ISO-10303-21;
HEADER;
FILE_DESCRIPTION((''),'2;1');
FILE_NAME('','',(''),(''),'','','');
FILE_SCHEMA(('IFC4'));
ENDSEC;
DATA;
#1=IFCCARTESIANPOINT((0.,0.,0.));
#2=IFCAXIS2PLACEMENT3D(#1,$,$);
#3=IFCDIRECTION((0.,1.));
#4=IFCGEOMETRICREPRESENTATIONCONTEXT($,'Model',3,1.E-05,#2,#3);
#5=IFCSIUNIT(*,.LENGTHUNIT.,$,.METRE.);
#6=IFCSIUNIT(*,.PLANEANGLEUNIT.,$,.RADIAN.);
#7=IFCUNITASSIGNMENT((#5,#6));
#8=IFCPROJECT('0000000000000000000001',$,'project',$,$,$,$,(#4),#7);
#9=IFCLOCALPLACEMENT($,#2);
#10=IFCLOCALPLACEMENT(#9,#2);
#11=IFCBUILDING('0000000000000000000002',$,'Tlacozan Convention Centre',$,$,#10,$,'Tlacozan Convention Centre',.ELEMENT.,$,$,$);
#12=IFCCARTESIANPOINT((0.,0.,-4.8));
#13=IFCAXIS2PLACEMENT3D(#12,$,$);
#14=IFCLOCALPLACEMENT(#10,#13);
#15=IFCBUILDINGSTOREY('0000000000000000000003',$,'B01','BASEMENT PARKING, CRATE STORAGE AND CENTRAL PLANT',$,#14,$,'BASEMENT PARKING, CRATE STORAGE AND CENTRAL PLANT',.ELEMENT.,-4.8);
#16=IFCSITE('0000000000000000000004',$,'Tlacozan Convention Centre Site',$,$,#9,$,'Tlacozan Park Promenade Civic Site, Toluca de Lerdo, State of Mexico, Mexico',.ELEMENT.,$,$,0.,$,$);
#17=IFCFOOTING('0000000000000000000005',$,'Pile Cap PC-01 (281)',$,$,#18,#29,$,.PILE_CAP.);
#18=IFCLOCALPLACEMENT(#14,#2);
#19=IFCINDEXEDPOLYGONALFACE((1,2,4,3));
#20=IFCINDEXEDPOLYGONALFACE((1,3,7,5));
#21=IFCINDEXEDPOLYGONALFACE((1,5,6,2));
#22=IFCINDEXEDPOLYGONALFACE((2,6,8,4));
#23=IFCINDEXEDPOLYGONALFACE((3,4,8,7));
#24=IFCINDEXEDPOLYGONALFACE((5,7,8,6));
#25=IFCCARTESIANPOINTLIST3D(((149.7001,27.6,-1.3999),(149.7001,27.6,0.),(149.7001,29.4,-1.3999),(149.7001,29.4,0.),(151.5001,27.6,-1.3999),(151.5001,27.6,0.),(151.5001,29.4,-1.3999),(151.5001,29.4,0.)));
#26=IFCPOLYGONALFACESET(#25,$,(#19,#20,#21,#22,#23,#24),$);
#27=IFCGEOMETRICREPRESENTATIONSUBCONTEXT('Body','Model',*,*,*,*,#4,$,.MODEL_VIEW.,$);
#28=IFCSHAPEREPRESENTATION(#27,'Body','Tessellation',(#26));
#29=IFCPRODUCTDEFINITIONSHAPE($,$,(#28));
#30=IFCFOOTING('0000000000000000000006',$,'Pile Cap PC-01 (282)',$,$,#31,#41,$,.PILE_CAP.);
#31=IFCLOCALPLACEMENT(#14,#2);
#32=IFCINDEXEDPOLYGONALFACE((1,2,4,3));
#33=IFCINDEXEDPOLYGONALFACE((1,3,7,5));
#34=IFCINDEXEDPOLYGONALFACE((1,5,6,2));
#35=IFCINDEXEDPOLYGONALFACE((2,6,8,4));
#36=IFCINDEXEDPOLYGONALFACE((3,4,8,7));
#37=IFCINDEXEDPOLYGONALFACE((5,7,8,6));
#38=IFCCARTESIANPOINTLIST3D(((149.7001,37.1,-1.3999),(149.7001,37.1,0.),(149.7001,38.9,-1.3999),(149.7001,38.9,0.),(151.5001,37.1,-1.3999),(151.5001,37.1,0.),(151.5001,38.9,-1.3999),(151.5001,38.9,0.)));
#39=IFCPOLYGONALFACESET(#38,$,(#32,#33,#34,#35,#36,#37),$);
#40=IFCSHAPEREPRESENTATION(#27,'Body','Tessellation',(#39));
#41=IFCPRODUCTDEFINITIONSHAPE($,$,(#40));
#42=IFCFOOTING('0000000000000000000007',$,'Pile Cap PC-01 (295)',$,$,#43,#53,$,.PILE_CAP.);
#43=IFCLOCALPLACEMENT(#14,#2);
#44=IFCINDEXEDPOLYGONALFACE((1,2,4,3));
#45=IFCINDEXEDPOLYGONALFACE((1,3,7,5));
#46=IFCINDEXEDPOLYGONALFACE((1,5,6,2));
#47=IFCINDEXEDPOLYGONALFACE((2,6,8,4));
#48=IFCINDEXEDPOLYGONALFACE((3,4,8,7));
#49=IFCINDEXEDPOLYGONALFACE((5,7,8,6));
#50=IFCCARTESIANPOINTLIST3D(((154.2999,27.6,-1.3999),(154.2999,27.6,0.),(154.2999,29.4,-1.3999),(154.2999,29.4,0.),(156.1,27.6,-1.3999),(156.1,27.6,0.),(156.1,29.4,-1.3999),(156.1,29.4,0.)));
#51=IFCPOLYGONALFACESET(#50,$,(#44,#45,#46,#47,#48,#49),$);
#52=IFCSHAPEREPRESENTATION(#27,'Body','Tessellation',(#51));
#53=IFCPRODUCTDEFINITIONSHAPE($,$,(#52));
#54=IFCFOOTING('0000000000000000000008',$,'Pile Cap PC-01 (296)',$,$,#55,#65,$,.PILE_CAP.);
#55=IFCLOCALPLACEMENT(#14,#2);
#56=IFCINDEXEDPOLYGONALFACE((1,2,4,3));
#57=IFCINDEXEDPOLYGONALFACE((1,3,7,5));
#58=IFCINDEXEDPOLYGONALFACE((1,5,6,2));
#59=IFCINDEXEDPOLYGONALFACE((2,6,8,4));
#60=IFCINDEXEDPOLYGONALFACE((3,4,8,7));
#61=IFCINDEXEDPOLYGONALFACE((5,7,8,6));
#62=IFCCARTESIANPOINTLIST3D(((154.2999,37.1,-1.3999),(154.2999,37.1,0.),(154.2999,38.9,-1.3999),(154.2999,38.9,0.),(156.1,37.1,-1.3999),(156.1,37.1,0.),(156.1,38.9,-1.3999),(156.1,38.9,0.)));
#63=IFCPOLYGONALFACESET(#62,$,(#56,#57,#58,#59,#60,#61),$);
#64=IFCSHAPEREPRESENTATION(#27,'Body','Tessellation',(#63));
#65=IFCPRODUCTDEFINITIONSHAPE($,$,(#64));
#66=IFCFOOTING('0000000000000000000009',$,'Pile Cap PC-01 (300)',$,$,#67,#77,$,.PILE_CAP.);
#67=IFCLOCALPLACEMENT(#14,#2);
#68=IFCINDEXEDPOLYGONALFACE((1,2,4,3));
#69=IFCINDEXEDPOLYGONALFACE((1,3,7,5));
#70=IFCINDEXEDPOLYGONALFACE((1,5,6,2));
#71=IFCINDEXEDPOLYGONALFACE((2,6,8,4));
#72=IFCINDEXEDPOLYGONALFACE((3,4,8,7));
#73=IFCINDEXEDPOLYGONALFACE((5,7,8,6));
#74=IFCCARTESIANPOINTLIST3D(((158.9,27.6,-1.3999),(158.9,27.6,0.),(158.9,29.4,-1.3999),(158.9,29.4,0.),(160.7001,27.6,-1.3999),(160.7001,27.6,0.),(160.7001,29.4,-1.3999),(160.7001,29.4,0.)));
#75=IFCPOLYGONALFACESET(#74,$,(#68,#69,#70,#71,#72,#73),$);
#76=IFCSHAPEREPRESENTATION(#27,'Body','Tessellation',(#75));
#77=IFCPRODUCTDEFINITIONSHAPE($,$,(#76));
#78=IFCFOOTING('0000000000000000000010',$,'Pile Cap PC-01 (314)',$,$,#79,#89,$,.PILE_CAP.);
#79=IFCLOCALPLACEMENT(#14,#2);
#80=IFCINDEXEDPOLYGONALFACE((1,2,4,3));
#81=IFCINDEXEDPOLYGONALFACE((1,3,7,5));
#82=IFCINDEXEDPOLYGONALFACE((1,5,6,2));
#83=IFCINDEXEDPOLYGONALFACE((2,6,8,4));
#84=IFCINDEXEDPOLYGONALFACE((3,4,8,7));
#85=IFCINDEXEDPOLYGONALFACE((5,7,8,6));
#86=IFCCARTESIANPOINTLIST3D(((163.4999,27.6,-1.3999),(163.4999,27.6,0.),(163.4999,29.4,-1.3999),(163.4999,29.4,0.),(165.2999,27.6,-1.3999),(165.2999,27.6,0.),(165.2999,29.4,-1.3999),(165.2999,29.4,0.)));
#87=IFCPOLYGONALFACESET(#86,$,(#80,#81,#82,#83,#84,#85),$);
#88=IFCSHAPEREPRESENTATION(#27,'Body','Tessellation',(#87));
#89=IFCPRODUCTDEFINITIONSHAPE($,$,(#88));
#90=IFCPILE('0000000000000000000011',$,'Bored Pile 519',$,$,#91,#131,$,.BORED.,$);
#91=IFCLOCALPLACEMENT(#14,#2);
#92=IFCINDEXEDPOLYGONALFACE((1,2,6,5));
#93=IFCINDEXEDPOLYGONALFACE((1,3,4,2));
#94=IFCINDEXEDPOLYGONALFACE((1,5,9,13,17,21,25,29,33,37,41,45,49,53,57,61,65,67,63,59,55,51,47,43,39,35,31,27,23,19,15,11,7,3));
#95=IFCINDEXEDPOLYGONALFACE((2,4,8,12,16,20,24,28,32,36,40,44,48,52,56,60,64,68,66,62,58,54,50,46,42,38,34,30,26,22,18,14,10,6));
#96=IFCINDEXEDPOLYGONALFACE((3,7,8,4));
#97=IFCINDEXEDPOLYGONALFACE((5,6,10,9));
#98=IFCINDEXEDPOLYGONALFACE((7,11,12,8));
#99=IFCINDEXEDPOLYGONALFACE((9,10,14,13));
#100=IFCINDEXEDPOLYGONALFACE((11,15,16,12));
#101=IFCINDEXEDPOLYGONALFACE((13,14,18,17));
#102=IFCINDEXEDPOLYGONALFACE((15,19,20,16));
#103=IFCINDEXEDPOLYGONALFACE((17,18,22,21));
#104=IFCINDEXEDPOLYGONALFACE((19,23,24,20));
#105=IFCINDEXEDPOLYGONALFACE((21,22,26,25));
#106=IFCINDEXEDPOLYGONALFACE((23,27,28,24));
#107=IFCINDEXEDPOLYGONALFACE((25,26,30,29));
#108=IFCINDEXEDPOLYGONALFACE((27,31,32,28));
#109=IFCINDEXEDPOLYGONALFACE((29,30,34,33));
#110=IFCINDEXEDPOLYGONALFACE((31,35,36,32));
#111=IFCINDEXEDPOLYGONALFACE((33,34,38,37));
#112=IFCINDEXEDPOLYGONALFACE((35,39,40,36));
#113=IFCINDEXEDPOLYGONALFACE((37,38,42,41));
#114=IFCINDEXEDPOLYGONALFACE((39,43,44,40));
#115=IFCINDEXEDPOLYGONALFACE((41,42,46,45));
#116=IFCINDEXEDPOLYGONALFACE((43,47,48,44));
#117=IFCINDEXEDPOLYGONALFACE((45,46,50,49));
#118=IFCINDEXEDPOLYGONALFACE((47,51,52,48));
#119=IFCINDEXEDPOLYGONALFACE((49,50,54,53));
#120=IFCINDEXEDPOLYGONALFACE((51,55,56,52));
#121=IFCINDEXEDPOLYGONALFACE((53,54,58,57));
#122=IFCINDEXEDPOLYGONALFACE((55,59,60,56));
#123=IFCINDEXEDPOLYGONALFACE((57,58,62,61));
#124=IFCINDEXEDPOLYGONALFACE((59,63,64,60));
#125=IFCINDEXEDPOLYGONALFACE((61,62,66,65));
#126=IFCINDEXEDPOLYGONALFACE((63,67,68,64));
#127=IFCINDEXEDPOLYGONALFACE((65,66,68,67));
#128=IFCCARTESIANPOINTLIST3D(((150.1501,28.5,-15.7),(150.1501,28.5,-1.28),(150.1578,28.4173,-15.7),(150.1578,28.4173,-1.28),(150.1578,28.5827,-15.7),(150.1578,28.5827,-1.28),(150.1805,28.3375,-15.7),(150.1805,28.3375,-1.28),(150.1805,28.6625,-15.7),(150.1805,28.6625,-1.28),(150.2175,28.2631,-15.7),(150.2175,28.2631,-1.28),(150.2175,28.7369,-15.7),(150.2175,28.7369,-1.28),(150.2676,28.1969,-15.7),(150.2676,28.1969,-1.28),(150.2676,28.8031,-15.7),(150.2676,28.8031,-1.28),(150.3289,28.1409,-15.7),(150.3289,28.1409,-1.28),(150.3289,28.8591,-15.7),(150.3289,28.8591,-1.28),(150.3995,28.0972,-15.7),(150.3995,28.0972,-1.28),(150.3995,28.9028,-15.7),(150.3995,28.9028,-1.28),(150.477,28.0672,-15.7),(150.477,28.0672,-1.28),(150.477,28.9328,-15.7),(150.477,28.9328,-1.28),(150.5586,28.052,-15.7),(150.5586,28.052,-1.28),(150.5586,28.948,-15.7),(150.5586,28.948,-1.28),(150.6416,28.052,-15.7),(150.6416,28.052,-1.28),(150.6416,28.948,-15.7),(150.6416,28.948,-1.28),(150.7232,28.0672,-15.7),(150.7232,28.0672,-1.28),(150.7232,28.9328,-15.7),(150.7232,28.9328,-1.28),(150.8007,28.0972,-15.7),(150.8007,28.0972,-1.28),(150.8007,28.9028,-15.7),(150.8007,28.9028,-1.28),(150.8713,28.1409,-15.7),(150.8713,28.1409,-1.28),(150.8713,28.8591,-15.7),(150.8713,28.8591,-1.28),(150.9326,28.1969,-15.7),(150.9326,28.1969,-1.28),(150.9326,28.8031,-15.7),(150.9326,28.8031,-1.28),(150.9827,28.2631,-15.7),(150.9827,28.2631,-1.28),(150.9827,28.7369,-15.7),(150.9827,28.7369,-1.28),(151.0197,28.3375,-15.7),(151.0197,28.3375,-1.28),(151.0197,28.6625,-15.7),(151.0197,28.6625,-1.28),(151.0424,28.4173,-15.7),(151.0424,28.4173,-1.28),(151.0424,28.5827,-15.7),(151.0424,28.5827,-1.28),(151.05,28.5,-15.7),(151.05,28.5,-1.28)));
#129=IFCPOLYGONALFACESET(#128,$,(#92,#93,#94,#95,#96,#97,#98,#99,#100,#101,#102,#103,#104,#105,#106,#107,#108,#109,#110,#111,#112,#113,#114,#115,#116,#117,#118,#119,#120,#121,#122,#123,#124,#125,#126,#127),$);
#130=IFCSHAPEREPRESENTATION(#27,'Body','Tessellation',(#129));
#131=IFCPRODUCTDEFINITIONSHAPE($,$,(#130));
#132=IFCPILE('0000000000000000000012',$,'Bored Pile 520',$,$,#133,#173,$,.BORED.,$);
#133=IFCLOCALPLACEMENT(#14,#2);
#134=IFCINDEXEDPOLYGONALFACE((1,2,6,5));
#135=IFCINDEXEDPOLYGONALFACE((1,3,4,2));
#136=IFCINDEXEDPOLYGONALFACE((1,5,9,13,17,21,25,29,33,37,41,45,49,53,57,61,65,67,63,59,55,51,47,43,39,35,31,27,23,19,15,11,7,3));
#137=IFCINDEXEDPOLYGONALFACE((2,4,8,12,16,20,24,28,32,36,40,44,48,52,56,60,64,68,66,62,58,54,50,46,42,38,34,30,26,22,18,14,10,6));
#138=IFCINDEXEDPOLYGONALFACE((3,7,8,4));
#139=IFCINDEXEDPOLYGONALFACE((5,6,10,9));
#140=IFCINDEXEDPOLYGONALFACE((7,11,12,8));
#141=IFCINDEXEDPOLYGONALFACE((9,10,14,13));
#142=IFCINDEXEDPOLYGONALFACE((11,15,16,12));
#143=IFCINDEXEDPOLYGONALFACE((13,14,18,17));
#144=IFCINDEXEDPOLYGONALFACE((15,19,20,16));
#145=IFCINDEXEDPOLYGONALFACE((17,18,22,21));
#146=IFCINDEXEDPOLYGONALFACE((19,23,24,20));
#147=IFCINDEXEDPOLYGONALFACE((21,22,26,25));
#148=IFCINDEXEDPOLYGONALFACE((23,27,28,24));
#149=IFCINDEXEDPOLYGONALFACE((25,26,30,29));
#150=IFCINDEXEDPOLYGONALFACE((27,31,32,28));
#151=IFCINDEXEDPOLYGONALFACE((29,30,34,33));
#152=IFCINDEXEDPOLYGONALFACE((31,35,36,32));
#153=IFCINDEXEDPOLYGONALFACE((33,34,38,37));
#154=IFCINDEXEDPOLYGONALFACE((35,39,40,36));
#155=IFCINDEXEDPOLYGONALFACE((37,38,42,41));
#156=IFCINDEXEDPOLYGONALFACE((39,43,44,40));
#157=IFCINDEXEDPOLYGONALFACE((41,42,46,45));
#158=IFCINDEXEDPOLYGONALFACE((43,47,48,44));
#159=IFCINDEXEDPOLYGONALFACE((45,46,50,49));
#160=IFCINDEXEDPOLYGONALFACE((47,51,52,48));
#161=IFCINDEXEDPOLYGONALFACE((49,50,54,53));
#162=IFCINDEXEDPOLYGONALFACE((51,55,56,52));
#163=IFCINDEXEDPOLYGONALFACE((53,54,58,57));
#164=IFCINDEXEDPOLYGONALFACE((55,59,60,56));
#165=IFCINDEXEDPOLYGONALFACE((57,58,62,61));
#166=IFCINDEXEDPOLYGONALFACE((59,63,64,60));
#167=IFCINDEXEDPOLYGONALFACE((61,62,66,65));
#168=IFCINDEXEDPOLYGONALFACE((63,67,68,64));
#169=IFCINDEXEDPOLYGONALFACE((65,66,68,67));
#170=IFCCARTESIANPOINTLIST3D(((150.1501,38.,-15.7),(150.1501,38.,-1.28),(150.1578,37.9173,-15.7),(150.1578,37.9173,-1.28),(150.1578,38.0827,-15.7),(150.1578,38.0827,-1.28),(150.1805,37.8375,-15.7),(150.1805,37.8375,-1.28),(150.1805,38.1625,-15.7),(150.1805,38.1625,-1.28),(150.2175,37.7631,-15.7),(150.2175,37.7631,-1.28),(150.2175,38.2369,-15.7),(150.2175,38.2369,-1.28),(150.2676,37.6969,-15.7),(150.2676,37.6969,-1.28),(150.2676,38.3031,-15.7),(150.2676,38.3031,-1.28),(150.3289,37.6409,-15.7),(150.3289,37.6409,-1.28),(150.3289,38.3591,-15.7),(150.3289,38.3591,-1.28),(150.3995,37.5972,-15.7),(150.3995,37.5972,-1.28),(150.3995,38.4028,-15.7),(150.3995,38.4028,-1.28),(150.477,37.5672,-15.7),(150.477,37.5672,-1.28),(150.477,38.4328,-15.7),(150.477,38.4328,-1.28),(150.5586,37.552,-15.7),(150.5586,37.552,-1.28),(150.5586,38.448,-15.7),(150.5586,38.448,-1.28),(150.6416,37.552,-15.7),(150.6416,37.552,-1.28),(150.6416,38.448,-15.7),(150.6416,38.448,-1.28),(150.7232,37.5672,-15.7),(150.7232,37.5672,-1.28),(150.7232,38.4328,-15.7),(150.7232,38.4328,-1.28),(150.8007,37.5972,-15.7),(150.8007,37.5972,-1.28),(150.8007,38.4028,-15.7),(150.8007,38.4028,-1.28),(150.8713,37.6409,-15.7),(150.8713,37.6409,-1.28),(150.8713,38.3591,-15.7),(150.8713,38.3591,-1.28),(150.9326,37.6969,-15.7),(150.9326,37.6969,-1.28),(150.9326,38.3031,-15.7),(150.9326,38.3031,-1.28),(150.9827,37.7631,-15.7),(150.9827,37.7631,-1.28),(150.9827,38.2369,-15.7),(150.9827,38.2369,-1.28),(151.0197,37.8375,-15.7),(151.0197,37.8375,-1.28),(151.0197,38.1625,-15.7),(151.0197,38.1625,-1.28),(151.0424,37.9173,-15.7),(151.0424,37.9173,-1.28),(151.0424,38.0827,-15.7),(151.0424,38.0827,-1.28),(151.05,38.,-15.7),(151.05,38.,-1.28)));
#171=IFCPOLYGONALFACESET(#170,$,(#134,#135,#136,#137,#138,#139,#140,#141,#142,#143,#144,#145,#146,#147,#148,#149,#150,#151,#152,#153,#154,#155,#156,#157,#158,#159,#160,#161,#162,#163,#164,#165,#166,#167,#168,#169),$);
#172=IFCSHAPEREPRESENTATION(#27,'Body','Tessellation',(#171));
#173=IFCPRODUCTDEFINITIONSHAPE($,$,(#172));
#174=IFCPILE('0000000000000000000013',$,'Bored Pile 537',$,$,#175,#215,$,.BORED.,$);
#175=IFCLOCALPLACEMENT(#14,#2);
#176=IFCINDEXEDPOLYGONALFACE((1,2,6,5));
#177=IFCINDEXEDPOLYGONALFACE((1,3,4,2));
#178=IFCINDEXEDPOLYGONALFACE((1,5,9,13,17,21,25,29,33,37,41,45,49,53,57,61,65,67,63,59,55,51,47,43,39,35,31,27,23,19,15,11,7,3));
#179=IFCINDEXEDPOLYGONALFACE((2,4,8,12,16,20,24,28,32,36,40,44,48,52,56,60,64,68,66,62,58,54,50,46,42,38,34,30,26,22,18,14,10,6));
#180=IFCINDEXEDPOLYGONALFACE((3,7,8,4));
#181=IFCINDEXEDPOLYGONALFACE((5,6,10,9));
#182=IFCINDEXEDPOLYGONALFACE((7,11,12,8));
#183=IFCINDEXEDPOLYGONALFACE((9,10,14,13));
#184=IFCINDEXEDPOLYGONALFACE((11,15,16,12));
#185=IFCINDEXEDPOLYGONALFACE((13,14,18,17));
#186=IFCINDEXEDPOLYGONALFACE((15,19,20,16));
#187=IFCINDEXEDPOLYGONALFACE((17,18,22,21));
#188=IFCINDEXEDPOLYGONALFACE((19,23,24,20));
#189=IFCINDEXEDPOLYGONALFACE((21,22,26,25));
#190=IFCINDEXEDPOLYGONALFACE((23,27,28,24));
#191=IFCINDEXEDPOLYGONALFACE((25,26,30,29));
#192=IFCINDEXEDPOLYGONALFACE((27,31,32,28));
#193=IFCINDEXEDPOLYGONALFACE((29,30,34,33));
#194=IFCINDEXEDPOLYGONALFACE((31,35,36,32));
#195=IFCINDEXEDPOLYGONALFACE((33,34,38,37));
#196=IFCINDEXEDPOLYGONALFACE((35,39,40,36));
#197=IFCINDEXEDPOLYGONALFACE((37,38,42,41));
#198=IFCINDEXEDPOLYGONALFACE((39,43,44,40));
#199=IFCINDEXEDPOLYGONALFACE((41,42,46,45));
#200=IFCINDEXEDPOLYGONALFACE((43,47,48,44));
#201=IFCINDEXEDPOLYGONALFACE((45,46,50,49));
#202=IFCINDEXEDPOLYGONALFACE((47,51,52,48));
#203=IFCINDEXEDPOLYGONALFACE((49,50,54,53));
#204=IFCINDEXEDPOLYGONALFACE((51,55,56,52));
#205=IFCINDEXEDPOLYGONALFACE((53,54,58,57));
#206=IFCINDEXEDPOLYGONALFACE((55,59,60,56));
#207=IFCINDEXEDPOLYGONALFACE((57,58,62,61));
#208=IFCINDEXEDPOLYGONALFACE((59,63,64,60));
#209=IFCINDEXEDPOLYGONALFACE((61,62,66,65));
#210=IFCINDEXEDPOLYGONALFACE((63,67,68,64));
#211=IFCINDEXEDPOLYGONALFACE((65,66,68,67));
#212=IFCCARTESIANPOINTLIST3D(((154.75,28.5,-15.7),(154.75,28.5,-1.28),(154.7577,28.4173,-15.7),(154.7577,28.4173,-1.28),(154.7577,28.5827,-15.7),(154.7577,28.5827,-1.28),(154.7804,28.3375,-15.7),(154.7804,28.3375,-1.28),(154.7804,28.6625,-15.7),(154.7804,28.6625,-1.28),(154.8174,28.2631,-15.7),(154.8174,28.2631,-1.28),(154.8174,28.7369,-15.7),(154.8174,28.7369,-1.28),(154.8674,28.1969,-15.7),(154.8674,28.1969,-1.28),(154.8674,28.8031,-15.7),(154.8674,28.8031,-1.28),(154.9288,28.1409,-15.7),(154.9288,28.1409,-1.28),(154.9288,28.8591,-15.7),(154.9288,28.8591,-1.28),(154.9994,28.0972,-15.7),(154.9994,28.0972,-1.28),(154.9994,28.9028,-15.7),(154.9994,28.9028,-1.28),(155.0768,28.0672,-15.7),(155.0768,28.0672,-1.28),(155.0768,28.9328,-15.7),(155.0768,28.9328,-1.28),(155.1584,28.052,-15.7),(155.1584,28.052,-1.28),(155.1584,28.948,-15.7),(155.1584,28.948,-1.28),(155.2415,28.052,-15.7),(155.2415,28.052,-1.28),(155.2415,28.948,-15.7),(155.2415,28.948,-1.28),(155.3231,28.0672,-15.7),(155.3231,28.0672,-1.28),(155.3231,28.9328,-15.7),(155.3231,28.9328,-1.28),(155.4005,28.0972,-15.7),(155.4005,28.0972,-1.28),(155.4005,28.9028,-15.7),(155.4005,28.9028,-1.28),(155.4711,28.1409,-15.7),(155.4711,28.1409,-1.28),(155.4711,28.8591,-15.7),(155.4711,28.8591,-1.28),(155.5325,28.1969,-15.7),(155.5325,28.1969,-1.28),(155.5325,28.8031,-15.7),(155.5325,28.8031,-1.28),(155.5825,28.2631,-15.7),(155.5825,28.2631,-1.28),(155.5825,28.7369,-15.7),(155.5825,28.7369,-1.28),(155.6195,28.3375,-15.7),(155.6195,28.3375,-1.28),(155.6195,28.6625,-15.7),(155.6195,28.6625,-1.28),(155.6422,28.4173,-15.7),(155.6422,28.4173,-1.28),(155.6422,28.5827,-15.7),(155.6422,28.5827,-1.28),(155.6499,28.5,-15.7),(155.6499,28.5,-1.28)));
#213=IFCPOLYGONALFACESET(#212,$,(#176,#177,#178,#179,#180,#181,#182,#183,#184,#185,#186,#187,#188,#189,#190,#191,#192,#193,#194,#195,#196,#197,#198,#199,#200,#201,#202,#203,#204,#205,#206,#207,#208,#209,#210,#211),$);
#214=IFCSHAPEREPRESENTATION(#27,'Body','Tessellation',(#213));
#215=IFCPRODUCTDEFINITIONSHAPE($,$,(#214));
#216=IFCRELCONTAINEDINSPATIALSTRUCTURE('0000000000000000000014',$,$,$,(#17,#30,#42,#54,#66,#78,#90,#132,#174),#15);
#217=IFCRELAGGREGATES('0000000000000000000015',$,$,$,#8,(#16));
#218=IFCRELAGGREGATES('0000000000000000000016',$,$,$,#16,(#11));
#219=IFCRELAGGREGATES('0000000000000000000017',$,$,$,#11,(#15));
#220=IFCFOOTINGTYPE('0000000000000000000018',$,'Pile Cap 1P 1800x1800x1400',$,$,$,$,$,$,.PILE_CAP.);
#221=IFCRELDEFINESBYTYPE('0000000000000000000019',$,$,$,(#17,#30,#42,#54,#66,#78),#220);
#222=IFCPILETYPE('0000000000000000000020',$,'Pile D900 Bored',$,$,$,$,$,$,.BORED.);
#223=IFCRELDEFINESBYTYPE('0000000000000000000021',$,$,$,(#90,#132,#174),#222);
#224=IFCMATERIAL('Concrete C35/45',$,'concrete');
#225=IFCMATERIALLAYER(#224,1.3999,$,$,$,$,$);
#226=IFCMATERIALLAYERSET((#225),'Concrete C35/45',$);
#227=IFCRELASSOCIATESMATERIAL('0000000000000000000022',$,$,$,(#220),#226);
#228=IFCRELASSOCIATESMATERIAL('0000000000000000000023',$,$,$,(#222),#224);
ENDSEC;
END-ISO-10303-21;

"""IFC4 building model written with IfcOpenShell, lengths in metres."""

from ifc_helpers import new_model, si_unit, direction, frame, origin, origin_2d, place, context, subcontext, project, spatial, rectangle, circle, extrude, material, layer, layer_set, material_profile, profile_set, type_object, element, save


model = new_model("IFC4")

# Units and contexts
model_context = context("Model", 3, precision=1e-05, world=origin(), true_north=direction((0.0, 1.0)))
body_context = subcontext(model_context, "Body", "Model", "MODEL_VIEW")
ifc_project = project(units=[si_unit("LENGTHUNIT", "METRE"), si_unit("PLANEANGLEUNIT", "RADIAN")], contexts=[model_context])

# Site, building, storey
site_placement = place(None, origin())
site = spatial("IfcSite", under=ifc_project, at=site_placement, Name="Tlacozan Convention Centre Site", LongName="Tlacozan Park Promenade Civic Site, Toluca de Lerdo, State of Mexico, Mexico", CompositionType="ELEMENT", RefElevation=0.0)
building_placement = place(site_placement, origin())
building = spatial("IfcBuilding", under=site, at=building_placement, Name="Tlacozan Convention Centre", LongName="Tlacozan Convention Centre", CompositionType="ELEMENT")
storey_placement = place(building_placement, frame((0.0, 0.0, -4.8)))
storey = spatial("IfcBuildingStorey", under=building, at=storey_placement, Name="B01", Description="BASEMENT PARKING, CRATE STORAGE AND CENTRAL PLANT", LongName="BASEMENT PARKING, CRATE STORAGE AND CENTRAL PLANT", CompositionType="ELEMENT", Elevation=-4.8)

# Footings
ifc_material_1 = material(Name="Concrete C35/45", Category="concrete")
ifc_layer = layer(ifc_material_1, 1.3999)
ifc_layer_set = layer_set([ifc_layer], Name="Concrete C35/45")
footing_type = type_object("IfcFootingType", Name="Pile Cap 1P 1800x1800x1400", PredefinedType="PILE_CAP", material=ifc_layer_set)
for number, where, z_axis, x_axis, name in (
    (1, (150.6001, 28.5, -1.3999), (0.0, 0.0, 1.0), (1.0, 0.0, 0.0), "Pile Cap PC-01 (281)"),
    (2, (150.6001, 38.0, -1.3999), (0.0, 0.0, 1.0), (1.0, 0.0, 0.0), "Pile Cap PC-01 (282)"),
    (3, (155.2, 28.5, -1.3999), (0.0, 0.0, 1.0), (1.0, 0.0, 0.0), "Pile Cap PC-01 (295)"),
    (4, (155.2, 38.0, -1.3999), (0.0, 0.0, 1.0), (1.0, 0.0, 0.0), "Pile Cap PC-01 (296)"),
    (5, (159.8, 28.5, -1.3999), (0.0, 0.0, 1.0), (1.0, 0.0, 0.0), "Pile Cap PC-01 (300)"),
    (6, (164.3999, 28.5, -1.3999), (0.0, 0.0, 1.0), (1.0, 0.0, 0.0), "Pile Cap PC-01 (314)"),
):
    element("IfcFooting", number, at=place(storey_placement, frame(where, z_axis=z_axis, x_axis=x_axis)), inside=storey, type_object=footing_type, Name=name, PredefinedType="PILE_CAP", context=body_context, shape_type="SweptSolid", body=[
        extrude(rectangle(XDim=1.8, YDim=1.8, at=origin_2d()), origin(), (0.0, 0.0, 1.0), 1.3999),
    ])

# Piles
ifc_material_profile_1 = material_profile(ifc_material_1, circle(Radius=0.45, at=origin_2d()), Name="PILE D900")
ifc_profile_set_1 = profile_set([ifc_material_profile_1], Name="Concrete C35/45")
pile_type = type_object("IfcPileType", Name="Pile D900 Bored", PredefinedType="BORED", material=ifc_profile_set_1)
for number, where, z_axis, x_axis, name in (
    (7, (150.6001, 28.5, -1.28), (0.0, 0.0, -1.0), (1.0, 0.0, 0.0), "Bored Pile 519"),
    (8, (150.6001, 38.0, -1.28), (0.0, 0.0, -1.0), (1.0, 0.0, 0.0), "Bored Pile 520"),
    (9, (155.2, 28.5, -1.28), (0.0, 0.0, -1.0), (1.0, 0.0, 0.0), "Bored Pile 537"),
):
    element("IfcPile", number, at=place(storey_placement, frame(where, z_axis=z_axis, x_axis=x_axis)), inside=storey, type_object=pile_type, Name=name, PredefinedType="BORED", context=body_context, shape_type="SweptSolid", body=[
        extrude(circle(Radius=0.45, at=origin_2d()), origin(), (0.0, 0.0, 1.0), 14.4199),
    ])

save(model, "model.ifc")
